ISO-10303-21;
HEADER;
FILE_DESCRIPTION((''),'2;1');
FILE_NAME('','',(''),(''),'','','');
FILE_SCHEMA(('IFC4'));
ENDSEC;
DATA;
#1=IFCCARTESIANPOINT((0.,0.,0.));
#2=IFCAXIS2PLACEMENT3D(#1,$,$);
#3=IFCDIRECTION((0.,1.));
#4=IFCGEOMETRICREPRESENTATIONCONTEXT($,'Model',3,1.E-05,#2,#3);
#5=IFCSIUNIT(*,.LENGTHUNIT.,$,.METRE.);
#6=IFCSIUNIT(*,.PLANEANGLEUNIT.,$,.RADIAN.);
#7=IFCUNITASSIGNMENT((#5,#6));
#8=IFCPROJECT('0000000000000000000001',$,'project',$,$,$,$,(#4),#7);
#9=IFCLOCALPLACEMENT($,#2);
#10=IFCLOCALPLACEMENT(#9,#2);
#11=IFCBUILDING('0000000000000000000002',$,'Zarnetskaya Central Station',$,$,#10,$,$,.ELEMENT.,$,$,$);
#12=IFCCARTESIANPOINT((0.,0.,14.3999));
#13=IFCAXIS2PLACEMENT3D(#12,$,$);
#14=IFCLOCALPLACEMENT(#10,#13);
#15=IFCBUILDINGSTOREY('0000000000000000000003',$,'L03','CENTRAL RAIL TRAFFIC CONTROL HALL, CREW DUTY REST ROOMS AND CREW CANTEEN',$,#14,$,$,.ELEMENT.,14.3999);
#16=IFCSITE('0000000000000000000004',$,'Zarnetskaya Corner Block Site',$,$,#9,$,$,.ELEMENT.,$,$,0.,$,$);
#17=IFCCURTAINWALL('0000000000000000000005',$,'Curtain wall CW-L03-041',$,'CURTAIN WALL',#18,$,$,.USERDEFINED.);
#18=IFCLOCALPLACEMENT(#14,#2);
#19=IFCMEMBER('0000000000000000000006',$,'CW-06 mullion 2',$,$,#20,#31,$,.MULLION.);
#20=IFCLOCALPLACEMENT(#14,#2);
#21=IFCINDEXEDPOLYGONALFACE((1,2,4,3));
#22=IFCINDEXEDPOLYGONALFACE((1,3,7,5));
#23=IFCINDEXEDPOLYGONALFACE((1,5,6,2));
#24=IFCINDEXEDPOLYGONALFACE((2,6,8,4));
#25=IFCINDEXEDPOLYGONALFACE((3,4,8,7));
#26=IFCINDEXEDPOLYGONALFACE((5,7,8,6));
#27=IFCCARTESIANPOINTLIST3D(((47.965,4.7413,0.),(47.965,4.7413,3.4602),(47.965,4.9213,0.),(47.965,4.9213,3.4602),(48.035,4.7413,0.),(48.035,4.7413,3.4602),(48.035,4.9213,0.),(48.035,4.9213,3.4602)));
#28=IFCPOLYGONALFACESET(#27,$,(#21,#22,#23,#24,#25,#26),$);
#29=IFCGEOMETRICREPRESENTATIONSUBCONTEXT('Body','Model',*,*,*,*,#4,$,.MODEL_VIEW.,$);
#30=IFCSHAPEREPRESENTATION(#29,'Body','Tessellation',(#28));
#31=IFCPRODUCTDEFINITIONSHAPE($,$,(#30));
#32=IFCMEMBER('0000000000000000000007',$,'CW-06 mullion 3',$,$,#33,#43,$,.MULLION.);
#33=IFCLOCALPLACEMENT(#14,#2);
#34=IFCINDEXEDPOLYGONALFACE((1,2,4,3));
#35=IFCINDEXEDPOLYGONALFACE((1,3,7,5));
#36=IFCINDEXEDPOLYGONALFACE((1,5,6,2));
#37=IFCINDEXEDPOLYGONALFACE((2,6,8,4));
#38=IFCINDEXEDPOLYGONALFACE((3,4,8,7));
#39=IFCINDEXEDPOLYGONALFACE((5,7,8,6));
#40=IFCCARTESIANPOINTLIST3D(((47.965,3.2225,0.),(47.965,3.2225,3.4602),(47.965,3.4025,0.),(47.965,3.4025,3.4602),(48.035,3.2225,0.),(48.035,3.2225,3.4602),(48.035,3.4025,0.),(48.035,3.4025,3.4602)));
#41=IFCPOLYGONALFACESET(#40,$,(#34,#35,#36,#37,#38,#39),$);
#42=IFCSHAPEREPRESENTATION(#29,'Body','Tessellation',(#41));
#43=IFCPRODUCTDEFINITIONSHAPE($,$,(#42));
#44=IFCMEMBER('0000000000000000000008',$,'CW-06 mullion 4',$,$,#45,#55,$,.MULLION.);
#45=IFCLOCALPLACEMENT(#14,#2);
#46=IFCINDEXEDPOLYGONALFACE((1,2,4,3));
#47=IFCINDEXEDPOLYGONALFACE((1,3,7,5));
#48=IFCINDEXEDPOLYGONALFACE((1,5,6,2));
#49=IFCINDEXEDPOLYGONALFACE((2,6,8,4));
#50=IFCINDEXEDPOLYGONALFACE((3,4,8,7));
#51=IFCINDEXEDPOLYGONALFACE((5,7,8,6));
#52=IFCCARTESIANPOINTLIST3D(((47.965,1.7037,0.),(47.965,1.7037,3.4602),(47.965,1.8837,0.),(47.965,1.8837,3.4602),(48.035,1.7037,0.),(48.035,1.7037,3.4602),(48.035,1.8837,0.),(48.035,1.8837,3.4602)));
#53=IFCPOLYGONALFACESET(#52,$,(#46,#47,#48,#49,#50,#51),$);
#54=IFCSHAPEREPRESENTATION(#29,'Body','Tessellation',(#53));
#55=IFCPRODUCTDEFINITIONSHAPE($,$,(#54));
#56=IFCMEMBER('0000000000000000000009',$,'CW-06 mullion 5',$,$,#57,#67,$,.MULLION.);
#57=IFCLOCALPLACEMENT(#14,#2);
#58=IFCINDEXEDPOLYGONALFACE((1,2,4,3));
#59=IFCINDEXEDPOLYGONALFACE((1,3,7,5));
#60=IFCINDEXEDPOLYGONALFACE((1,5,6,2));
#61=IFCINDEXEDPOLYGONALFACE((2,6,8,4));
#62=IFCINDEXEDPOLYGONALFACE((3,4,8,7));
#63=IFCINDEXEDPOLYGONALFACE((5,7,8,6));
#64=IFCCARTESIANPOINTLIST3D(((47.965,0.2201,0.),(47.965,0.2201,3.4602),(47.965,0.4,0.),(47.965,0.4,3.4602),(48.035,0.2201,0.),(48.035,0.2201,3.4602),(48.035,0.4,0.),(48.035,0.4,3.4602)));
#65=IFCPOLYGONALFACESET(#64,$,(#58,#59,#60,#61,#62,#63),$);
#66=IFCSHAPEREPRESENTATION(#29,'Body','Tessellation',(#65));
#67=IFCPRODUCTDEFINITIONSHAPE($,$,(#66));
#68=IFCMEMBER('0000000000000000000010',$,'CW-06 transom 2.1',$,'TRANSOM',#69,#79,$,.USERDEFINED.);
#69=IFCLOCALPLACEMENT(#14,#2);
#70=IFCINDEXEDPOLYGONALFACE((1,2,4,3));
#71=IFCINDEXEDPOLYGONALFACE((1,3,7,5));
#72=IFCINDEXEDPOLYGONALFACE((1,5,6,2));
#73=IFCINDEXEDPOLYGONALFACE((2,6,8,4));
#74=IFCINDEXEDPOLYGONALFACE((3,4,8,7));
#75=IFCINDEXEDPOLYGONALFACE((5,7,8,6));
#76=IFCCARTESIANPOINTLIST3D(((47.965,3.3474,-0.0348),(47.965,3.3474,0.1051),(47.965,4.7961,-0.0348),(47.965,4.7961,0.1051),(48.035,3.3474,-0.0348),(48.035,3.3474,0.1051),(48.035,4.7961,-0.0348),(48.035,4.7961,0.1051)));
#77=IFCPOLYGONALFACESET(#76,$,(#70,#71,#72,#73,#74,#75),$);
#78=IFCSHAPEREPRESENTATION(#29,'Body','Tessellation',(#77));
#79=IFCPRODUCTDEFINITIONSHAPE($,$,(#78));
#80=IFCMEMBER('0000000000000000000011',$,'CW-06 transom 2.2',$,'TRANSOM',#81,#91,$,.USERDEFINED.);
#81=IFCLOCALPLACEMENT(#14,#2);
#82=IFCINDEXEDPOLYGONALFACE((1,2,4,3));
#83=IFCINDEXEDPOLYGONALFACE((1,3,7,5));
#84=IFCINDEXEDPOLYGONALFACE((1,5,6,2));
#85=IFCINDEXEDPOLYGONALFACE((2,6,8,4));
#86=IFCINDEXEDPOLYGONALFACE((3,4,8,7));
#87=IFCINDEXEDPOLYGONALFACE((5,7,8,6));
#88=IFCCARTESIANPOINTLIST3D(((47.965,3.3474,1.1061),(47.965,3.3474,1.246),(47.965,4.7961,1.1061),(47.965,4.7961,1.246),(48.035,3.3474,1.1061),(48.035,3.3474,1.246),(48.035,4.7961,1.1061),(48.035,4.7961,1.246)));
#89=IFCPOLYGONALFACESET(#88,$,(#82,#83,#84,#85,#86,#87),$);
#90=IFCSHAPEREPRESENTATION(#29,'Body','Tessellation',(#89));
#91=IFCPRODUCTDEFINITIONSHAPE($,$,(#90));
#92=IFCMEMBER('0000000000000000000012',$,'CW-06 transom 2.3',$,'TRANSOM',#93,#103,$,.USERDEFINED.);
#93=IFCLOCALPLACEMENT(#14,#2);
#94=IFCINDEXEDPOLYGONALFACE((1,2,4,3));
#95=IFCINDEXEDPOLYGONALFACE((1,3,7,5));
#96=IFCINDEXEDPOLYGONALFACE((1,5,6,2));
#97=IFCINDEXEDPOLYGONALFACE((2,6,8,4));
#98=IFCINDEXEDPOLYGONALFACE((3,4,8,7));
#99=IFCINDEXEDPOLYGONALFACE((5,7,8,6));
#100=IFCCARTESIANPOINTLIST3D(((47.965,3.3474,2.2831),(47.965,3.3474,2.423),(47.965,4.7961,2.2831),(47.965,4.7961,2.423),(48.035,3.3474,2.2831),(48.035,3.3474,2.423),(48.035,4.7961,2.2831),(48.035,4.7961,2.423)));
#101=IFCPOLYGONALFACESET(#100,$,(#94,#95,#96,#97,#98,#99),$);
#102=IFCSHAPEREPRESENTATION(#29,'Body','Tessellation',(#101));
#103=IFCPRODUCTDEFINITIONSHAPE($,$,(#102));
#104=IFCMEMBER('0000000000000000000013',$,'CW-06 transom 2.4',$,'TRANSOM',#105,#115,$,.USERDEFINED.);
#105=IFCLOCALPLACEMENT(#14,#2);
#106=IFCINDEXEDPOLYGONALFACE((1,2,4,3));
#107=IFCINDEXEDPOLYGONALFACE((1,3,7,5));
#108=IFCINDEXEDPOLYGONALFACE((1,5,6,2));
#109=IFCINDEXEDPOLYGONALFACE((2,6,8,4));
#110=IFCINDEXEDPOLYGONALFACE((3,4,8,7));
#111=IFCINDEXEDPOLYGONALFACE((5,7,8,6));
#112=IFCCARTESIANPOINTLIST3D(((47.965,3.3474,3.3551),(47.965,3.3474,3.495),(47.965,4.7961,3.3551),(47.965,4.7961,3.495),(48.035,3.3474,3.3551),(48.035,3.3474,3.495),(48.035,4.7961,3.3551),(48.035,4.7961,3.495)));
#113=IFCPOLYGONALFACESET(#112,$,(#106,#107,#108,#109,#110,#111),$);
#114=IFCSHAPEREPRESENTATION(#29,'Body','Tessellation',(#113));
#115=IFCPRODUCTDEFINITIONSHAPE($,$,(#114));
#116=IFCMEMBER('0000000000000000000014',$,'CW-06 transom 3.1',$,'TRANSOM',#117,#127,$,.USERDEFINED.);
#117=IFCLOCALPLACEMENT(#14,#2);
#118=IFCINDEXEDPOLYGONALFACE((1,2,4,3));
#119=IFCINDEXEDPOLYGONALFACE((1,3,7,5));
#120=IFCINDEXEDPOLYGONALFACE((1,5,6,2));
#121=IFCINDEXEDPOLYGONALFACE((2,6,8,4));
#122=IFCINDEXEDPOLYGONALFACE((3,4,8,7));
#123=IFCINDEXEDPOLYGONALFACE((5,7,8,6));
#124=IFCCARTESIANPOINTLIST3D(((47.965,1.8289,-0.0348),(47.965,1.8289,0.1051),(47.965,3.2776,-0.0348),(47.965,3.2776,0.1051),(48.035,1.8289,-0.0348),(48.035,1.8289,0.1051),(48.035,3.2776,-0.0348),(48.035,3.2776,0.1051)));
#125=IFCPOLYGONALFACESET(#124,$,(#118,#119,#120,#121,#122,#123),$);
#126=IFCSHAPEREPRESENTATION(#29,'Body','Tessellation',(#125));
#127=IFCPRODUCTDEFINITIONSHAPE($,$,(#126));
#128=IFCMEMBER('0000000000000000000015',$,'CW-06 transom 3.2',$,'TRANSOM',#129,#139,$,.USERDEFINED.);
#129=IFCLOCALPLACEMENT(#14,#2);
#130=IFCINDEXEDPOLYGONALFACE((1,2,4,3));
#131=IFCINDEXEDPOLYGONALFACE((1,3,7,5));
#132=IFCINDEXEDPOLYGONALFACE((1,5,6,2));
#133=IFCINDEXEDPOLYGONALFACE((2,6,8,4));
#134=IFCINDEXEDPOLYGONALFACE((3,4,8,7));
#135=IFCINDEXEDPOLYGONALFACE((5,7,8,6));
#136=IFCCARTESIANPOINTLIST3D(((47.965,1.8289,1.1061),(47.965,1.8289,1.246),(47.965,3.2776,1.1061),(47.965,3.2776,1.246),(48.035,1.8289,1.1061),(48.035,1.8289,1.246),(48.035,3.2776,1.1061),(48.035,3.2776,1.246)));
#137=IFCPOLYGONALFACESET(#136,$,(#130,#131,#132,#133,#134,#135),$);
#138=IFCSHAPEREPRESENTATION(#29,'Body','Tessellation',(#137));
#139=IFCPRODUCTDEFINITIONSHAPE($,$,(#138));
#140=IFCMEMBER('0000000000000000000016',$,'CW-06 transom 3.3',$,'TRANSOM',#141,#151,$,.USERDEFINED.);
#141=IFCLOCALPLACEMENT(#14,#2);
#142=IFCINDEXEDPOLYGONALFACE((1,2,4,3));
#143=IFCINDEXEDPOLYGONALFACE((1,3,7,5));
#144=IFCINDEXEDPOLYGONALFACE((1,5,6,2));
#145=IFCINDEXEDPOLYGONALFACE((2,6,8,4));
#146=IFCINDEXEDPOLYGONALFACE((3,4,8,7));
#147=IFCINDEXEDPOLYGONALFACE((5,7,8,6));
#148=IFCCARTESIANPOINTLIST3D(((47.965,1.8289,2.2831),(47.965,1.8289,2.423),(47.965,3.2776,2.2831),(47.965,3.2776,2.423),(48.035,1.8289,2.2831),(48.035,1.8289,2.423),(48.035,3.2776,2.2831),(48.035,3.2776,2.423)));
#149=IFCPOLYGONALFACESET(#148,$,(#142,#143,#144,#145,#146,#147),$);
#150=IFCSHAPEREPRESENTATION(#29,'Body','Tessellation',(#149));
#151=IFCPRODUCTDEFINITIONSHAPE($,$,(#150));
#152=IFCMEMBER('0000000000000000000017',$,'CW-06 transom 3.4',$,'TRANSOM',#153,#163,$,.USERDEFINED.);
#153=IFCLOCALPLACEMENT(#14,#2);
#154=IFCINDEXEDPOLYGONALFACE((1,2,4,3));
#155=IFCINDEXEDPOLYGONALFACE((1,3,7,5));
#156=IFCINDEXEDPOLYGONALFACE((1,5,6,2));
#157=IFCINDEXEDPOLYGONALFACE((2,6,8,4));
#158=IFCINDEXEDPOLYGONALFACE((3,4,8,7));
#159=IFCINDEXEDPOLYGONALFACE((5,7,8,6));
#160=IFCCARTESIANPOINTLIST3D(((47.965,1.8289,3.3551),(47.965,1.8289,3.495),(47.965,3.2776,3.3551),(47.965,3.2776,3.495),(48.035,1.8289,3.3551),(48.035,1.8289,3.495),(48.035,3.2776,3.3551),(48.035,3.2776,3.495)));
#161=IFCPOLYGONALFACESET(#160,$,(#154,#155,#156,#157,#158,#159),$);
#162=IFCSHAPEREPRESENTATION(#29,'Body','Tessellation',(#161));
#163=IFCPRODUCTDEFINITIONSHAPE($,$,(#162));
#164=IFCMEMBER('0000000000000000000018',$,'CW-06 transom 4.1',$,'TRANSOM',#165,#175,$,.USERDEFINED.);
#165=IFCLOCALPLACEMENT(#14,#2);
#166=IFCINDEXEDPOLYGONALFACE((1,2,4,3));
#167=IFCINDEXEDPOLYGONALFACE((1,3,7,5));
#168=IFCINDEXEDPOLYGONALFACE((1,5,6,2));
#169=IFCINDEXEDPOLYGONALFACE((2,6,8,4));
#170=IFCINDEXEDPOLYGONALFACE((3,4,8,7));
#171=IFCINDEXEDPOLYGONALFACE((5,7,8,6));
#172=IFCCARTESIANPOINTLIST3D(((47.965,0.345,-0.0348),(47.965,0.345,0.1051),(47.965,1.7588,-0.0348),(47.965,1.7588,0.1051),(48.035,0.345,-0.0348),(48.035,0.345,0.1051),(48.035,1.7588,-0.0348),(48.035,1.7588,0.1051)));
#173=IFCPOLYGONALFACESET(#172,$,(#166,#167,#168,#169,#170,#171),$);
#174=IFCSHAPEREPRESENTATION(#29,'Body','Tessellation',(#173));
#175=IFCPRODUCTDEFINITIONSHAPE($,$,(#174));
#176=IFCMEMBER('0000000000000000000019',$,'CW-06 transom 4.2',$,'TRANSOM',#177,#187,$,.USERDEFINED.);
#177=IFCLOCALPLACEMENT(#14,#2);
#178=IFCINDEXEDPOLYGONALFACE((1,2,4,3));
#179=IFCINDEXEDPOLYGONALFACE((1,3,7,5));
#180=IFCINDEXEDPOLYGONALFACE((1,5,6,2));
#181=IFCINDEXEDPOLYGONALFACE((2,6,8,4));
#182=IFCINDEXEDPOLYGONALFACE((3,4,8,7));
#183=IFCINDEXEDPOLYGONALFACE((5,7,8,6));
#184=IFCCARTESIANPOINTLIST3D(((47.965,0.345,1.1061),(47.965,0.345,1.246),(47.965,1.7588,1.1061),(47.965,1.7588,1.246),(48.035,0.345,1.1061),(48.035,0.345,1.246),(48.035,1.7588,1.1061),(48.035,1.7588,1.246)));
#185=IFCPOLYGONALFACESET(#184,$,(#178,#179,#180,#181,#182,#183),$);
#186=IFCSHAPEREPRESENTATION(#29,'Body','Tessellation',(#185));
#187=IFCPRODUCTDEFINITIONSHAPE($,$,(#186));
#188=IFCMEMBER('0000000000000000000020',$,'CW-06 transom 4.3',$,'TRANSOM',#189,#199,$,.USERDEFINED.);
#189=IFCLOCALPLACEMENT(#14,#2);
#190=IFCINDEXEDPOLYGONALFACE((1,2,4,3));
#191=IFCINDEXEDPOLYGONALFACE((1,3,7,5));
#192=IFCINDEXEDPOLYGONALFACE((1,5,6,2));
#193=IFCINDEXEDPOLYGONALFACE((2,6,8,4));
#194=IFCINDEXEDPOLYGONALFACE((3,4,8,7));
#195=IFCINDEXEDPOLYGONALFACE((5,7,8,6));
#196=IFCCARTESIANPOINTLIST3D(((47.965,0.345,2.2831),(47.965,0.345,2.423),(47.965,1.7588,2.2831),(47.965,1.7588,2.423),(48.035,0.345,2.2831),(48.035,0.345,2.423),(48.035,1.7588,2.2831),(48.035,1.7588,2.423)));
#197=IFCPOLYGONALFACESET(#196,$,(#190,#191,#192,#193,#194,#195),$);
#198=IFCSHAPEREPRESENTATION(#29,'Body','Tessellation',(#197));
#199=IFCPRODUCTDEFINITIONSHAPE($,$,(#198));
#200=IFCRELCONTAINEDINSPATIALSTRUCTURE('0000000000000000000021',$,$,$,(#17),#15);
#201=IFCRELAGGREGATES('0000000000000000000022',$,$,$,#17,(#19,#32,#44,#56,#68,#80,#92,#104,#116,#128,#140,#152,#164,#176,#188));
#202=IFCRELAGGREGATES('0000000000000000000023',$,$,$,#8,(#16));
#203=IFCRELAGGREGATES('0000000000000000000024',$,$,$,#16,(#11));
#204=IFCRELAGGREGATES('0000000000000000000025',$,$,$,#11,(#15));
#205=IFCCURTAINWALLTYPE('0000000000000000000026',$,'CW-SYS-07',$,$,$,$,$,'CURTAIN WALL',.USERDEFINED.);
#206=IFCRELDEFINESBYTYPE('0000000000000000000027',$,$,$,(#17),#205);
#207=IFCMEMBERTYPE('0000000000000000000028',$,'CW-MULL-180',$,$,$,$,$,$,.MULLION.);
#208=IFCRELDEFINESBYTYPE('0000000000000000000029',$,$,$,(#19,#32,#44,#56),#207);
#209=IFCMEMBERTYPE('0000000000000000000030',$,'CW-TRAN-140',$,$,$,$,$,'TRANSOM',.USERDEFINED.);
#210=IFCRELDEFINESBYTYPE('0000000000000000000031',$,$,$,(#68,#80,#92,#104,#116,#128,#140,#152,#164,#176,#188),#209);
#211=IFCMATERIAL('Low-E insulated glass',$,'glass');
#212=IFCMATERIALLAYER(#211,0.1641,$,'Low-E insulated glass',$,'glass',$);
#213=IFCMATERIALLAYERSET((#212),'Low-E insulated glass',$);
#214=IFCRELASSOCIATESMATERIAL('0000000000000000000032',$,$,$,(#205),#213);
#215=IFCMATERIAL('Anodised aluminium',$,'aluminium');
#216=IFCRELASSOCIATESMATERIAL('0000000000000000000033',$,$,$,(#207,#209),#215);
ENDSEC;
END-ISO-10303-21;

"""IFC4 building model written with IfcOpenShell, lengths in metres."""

from ifc_helpers import new_model, si_unit, direction, frame, origin, origin_2d, place, context, subcontext, project, spatial, rectangle, extrude, material, layer, layer_set, material_profile, profile_set, type_object, element, aggregate, save


model = new_model("IFC4")

# Units and contexts
model_context = context("Model", 3, precision=1e-05, world=origin(), true_north=direction((0.0, 1.0)))
body_context = subcontext(model_context, "Body", "Model", "MODEL_VIEW")
ifc_project = project(units=[si_unit("LENGTHUNIT", "METRE"), si_unit("PLANEANGLEUNIT", "RADIAN")], contexts=[model_context])

# Site, building, storey
site_placement = place(None, origin())
site = spatial("IfcSite", under=ifc_project, at=site_placement, Name="Zarnetskaya Corner Block Site", CompositionType="ELEMENT", RefElevation=0.0)
building_placement = place(site_placement, origin())
building = spatial("IfcBuilding", under=site, at=building_placement, Name="Zarnetskaya Central Station", CompositionType="ELEMENT")
storey_placement = place(building_placement, frame((0.0, 0.0, 14.3999)))
storey = spatial("IfcBuildingStorey", under=building, at=storey_placement, Name="L03", Description="CENTRAL RAIL TRAFFIC CONTROL HALL, CREW DUTY REST ROOMS AND CREW CANTEEN", CompositionType="ELEMENT", Elevation=14.3999)

# Curtain wall, members
ifc_material_1 = material(Name="Low-E insulated glass", Category="glass")
ifc_layer_1 = layer(ifc_material_1, 0.1641, Name="Low-E insulated glass", Category="glass")
ifc_layer_set_1 = layer_set([ifc_layer_1], Name="Low-E insulated glass")
curtain_wall_type = type_object("IfcCurtainWallType", Name="CW-SYS-07", ElementType="CURTAIN WALL", PredefinedType="USERDEFINED", material=ifc_layer_set_1)
curtain_wall_placement = place(storey_placement, origin())
curtain_wall = element("IfcCurtainWall", 1, at=curtain_wall_placement, inside=storey, type_object=curtain_wall_type, Name="Curtain wall CW-L03-041", ObjectType="CURTAIN WALL", PredefinedType="USERDEFINED")
ifc_material_2 = material(Name="Anodised aluminium", Category="aluminium")
ifc_material_profile_1 = material_profile(ifc_material_2, rectangle(XDim=0.0701, YDim=0.1799, at=origin_2d()), Name="ALU MULL 70x180")
ifc_profile_set_1 = profile_set([ifc_material_profile_1], Name="Anodised aluminium")
member_type_1 = type_object("IfcMemberType", Name="CW-MULL-180", PredefinedType="MULLION", material=ifc_profile_set_1)
member_1_placement = place(storey_placement, frame((48.0, 4.8313, 0.0), z_axis=(0.0, 0.0, 1.0), x_axis=(1.0, 0.0, 0.0)))
member_1 = element("IfcMember", 2, at=member_1_placement, type_object=member_type_1, Name="CW-06 mullion 2", PredefinedType="MULLION", context=body_context, shape_type="SweptSolid", body=[
    extrude(rectangle(XDim=0.0701, YDim=0.1799, at=origin_2d()), origin(), (0.0, 0.0, 1.0), 3.4602),
])
member_2_placement = place(storey_placement, frame((48.0, 3.3125, 0.0), z_axis=(0.0, 0.0, 1.0), x_axis=(1.0, 0.0, 0.0)))
member_2 = element("IfcMember", 3, at=member_2_placement, type_object=member_type_1, Name="CW-06 mullion 3", PredefinedType="MULLION", context=body_context, shape_type="SweptSolid", body=[
    extrude(rectangle(XDim=0.0701, YDim=0.1799, at=origin_2d()), origin(), (0.0, 0.0, 1.0), 3.4602),
])
member_3_placement = place(storey_placement, frame((48.0, 1.7937, 0.0), z_axis=(0.0, 0.0, 1.0), x_axis=(1.0, 0.0, 0.0)))
member_3 = element("IfcMember", 4, at=member_3_placement, type_object=member_type_1, Name="CW-06 mullion 4", PredefinedType="MULLION", context=body_context, shape_type="SweptSolid", body=[
    extrude(rectangle(XDim=0.0701, YDim=0.1799, at=origin_2d()), origin(), (0.0, 0.0, 1.0), 3.4602),
])
member_4_placement = place(storey_placement, frame((48.0, 0.3101, 0.0), z_axis=(0.0, 0.0, 1.0), x_axis=(1.0, 0.0, 0.0)))
member_4 = element("IfcMember", 5, at=member_4_placement, type_object=member_type_1, Name="CW-06 mullion 5", PredefinedType="MULLION", context=body_context, shape_type="SweptSolid", body=[
    extrude(rectangle(XDim=0.0701, YDim=0.1799, at=origin_2d()), origin(), (0.0, 0.0, 1.0), 3.4602),
])
ifc_material_profile_2 = material_profile(ifc_material_2, rectangle(XDim=0.0701, YDim=0.1399, at=origin_2d()), Name="ALU TRAN 70x140")
ifc_profile_set_2 = profile_set([ifc_material_profile_2], Name="Anodised aluminium")
member_type_2 = type_object("IfcMemberType", Name="CW-TRAN-140", ElementType="TRANSOM", PredefinedType="USERDEFINED", material=ifc_profile_set_2)
member_5_placement = place(storey_placement, frame((48.0, 4.7961, 0.0352), z_axis=(0.0, -1.0, 0.0), x_axis=(1.0, 0.0, 0.0)))
member_5 = element("IfcMember", 6, at=member_5_placement, type_object=member_type_2, Name="CW-06 transom 2.1", ObjectType="TRANSOM", PredefinedType="USERDEFINED", context=body_context, shape_type="SweptSolid", body=[
    extrude(rectangle(XDim=0.0701, YDim=0.1399, at=origin_2d()), origin(), (0.0, 0.0, 1.0), 1.4487),
])
member_6_placement = place(storey_placement, frame((48.0, 4.7961, 1.176), z_axis=(0.0, -1.0, 0.0), x_axis=(1.0, 0.0, 0.0)))
member_6 = element("IfcMember", 7, at=member_6_placement, type_object=member_type_2, Name="CW-06 transom 2.2", ObjectType="TRANSOM", PredefinedType="USERDEFINED", context=body_context, shape_type="SweptSolid", body=[
    extrude(rectangle(XDim=0.0701, YDim=0.1399, at=origin_2d()), origin(), (0.0, 0.0, 1.0), 1.4487),
])
member_7_placement = place(storey_placement, frame((48.0, 4.7961, 2.353), z_axis=(0.0, -1.0, 0.0), x_axis=(1.0, 0.0, 0.0)))
member_7 = element("IfcMember", 8, at=member_7_placement, type_object=member_type_2, Name="CW-06 transom 2.3", ObjectType="TRANSOM", PredefinedType="USERDEFINED", context=body_context, shape_type="SweptSolid", body=[
    extrude(rectangle(XDim=0.0701, YDim=0.1399, at=origin_2d()), origin(), (0.0, 0.0, 1.0), 1.4487),
])
member_8_placement = place(storey_placement, frame((48.0, 4.7961, 3.425), z_axis=(0.0, -1.0, 0.0), x_axis=(1.0, 0.0, 0.0)))
member_8 = element("IfcMember", 9, at=member_8_placement, type_object=member_type_2, Name="CW-06 transom 2.4", ObjectType="TRANSOM", PredefinedType="USERDEFINED", context=body_context, shape_type="SweptSolid", body=[
    extrude(rectangle(XDim=0.0701, YDim=0.1399, at=origin_2d()), origin(), (0.0, 0.0, 1.0), 1.4487),
])
member_9_placement = place(storey_placement, frame((48.0, 3.2776, 0.0352), z_axis=(0.0, -1.0, 0.0), x_axis=(1.0, 0.0, 0.0)))
member_9 = element("IfcMember", 10, at=member_9_placement, type_object=member_type_2, Name="CW-06 transom 3.1", ObjectType="TRANSOM", PredefinedType="USERDEFINED", context=body_context, shape_type="SweptSolid", body=[
    extrude(rectangle(XDim=0.0701, YDim=0.1399, at=origin_2d()), origin(), (0.0, 0.0, 1.0), 1.4487),
])
member_10_placement = place(storey_placement, frame((48.0, 3.2776, 1.176), z_axis=(0.0, -1.0, 0.0), x_axis=(1.0, 0.0, 0.0)))
member_10 = element("IfcMember", 11, at=member_10_placement, type_object=member_type_2, Name="CW-06 transom 3.2", ObjectType="TRANSOM", PredefinedType="USERDEFINED", context=body_context, shape_type="SweptSolid", body=[
    extrude(rectangle(XDim=0.0701, YDim=0.1399, at=origin_2d()), origin(), (0.0, 0.0, 1.0), 1.4487),
])
member_11_placement = place(storey_placement, frame((48.0, 3.2776, 2.353), z_axis=(0.0, -1.0, 0.0), x_axis=(1.0, 0.0, 0.0)))
member_11 = element("IfcMember", 12, at=member_11_placement, type_object=member_type_2, Name="CW-06 transom 3.3", ObjectType="TRANSOM", PredefinedType="USERDEFINED", context=body_context, shape_type="SweptSolid", body=[
    extrude(rectangle(XDim=0.0701, YDim=0.1399, at=origin_2d()), origin(), (0.0, 0.0, 1.0), 1.4487),
])
member_12_placement = place(storey_placement, frame((48.0, 3.2776, 3.425), z_axis=(0.0, -1.0, 0.0), x_axis=(1.0, 0.0, 0.0)))
member_12 = element("IfcMember", 13, at=member_12_placement, type_object=member_type_2, Name="CW-06 transom 3.4", ObjectType="TRANSOM", PredefinedType="USERDEFINED", context=body_context, shape_type="SweptSolid", body=[
    extrude(rectangle(XDim=0.0701, YDim=0.1399, at=origin_2d()), origin(), (0.0, 0.0, 1.0), 1.4487),
])
member_13_placement = place(storey_placement, frame((48.0, 1.7588, 0.0352), z_axis=(0.0, -1.0, 0.0), x_axis=(1.0, 0.0, 0.0)))
member_13 = element("IfcMember", 14, at=member_13_placement, type_object=member_type_2, Name="CW-06 transom 4.1", ObjectType="TRANSOM", PredefinedType="USERDEFINED", context=body_context, shape_type="SweptSolid", body=[
    extrude(rectangle(XDim=0.0701, YDim=0.1399, at=origin_2d()), origin(), (0.0, 0.0, 1.0), 1.4138),
])
member_14_placement = place(storey_placement, frame((48.0, 1.7588, 1.176), z_axis=(0.0, -1.0, 0.0), x_axis=(1.0, 0.0, 0.0)))
member_14 = element("IfcMember", 15, at=member_14_placement, type_object=member_type_2, Name="CW-06 transom 4.2", ObjectType="TRANSOM", PredefinedType="USERDEFINED", context=body_context, shape_type="SweptSolid", body=[
    extrude(rectangle(XDim=0.0701, YDim=0.1399, at=origin_2d()), origin(), (0.0, 0.0, 1.0), 1.4138),
])
member_15_placement = place(storey_placement, frame((48.0, 1.7588, 2.353), z_axis=(0.0, -1.0, 0.0), x_axis=(1.0, 0.0, 0.0)))
member_15 = element("IfcMember", 16, at=member_15_placement, type_object=member_type_2, Name="CW-06 transom 4.3", ObjectType="TRANSOM", PredefinedType="USERDEFINED", context=body_context, shape_type="SweptSolid", body=[
    extrude(rectangle(XDim=0.0701, YDim=0.1399, at=origin_2d()), origin(), (0.0, 0.0, 1.0), 1.4138),
])
aggregate(curtain_wall, [member_1, member_2, member_3, member_4, member_5, member_6, member_7, member_8, member_9, member_10, member_11, member_12, member_13, member_14, member_15])

save(model, "model.ifc")
